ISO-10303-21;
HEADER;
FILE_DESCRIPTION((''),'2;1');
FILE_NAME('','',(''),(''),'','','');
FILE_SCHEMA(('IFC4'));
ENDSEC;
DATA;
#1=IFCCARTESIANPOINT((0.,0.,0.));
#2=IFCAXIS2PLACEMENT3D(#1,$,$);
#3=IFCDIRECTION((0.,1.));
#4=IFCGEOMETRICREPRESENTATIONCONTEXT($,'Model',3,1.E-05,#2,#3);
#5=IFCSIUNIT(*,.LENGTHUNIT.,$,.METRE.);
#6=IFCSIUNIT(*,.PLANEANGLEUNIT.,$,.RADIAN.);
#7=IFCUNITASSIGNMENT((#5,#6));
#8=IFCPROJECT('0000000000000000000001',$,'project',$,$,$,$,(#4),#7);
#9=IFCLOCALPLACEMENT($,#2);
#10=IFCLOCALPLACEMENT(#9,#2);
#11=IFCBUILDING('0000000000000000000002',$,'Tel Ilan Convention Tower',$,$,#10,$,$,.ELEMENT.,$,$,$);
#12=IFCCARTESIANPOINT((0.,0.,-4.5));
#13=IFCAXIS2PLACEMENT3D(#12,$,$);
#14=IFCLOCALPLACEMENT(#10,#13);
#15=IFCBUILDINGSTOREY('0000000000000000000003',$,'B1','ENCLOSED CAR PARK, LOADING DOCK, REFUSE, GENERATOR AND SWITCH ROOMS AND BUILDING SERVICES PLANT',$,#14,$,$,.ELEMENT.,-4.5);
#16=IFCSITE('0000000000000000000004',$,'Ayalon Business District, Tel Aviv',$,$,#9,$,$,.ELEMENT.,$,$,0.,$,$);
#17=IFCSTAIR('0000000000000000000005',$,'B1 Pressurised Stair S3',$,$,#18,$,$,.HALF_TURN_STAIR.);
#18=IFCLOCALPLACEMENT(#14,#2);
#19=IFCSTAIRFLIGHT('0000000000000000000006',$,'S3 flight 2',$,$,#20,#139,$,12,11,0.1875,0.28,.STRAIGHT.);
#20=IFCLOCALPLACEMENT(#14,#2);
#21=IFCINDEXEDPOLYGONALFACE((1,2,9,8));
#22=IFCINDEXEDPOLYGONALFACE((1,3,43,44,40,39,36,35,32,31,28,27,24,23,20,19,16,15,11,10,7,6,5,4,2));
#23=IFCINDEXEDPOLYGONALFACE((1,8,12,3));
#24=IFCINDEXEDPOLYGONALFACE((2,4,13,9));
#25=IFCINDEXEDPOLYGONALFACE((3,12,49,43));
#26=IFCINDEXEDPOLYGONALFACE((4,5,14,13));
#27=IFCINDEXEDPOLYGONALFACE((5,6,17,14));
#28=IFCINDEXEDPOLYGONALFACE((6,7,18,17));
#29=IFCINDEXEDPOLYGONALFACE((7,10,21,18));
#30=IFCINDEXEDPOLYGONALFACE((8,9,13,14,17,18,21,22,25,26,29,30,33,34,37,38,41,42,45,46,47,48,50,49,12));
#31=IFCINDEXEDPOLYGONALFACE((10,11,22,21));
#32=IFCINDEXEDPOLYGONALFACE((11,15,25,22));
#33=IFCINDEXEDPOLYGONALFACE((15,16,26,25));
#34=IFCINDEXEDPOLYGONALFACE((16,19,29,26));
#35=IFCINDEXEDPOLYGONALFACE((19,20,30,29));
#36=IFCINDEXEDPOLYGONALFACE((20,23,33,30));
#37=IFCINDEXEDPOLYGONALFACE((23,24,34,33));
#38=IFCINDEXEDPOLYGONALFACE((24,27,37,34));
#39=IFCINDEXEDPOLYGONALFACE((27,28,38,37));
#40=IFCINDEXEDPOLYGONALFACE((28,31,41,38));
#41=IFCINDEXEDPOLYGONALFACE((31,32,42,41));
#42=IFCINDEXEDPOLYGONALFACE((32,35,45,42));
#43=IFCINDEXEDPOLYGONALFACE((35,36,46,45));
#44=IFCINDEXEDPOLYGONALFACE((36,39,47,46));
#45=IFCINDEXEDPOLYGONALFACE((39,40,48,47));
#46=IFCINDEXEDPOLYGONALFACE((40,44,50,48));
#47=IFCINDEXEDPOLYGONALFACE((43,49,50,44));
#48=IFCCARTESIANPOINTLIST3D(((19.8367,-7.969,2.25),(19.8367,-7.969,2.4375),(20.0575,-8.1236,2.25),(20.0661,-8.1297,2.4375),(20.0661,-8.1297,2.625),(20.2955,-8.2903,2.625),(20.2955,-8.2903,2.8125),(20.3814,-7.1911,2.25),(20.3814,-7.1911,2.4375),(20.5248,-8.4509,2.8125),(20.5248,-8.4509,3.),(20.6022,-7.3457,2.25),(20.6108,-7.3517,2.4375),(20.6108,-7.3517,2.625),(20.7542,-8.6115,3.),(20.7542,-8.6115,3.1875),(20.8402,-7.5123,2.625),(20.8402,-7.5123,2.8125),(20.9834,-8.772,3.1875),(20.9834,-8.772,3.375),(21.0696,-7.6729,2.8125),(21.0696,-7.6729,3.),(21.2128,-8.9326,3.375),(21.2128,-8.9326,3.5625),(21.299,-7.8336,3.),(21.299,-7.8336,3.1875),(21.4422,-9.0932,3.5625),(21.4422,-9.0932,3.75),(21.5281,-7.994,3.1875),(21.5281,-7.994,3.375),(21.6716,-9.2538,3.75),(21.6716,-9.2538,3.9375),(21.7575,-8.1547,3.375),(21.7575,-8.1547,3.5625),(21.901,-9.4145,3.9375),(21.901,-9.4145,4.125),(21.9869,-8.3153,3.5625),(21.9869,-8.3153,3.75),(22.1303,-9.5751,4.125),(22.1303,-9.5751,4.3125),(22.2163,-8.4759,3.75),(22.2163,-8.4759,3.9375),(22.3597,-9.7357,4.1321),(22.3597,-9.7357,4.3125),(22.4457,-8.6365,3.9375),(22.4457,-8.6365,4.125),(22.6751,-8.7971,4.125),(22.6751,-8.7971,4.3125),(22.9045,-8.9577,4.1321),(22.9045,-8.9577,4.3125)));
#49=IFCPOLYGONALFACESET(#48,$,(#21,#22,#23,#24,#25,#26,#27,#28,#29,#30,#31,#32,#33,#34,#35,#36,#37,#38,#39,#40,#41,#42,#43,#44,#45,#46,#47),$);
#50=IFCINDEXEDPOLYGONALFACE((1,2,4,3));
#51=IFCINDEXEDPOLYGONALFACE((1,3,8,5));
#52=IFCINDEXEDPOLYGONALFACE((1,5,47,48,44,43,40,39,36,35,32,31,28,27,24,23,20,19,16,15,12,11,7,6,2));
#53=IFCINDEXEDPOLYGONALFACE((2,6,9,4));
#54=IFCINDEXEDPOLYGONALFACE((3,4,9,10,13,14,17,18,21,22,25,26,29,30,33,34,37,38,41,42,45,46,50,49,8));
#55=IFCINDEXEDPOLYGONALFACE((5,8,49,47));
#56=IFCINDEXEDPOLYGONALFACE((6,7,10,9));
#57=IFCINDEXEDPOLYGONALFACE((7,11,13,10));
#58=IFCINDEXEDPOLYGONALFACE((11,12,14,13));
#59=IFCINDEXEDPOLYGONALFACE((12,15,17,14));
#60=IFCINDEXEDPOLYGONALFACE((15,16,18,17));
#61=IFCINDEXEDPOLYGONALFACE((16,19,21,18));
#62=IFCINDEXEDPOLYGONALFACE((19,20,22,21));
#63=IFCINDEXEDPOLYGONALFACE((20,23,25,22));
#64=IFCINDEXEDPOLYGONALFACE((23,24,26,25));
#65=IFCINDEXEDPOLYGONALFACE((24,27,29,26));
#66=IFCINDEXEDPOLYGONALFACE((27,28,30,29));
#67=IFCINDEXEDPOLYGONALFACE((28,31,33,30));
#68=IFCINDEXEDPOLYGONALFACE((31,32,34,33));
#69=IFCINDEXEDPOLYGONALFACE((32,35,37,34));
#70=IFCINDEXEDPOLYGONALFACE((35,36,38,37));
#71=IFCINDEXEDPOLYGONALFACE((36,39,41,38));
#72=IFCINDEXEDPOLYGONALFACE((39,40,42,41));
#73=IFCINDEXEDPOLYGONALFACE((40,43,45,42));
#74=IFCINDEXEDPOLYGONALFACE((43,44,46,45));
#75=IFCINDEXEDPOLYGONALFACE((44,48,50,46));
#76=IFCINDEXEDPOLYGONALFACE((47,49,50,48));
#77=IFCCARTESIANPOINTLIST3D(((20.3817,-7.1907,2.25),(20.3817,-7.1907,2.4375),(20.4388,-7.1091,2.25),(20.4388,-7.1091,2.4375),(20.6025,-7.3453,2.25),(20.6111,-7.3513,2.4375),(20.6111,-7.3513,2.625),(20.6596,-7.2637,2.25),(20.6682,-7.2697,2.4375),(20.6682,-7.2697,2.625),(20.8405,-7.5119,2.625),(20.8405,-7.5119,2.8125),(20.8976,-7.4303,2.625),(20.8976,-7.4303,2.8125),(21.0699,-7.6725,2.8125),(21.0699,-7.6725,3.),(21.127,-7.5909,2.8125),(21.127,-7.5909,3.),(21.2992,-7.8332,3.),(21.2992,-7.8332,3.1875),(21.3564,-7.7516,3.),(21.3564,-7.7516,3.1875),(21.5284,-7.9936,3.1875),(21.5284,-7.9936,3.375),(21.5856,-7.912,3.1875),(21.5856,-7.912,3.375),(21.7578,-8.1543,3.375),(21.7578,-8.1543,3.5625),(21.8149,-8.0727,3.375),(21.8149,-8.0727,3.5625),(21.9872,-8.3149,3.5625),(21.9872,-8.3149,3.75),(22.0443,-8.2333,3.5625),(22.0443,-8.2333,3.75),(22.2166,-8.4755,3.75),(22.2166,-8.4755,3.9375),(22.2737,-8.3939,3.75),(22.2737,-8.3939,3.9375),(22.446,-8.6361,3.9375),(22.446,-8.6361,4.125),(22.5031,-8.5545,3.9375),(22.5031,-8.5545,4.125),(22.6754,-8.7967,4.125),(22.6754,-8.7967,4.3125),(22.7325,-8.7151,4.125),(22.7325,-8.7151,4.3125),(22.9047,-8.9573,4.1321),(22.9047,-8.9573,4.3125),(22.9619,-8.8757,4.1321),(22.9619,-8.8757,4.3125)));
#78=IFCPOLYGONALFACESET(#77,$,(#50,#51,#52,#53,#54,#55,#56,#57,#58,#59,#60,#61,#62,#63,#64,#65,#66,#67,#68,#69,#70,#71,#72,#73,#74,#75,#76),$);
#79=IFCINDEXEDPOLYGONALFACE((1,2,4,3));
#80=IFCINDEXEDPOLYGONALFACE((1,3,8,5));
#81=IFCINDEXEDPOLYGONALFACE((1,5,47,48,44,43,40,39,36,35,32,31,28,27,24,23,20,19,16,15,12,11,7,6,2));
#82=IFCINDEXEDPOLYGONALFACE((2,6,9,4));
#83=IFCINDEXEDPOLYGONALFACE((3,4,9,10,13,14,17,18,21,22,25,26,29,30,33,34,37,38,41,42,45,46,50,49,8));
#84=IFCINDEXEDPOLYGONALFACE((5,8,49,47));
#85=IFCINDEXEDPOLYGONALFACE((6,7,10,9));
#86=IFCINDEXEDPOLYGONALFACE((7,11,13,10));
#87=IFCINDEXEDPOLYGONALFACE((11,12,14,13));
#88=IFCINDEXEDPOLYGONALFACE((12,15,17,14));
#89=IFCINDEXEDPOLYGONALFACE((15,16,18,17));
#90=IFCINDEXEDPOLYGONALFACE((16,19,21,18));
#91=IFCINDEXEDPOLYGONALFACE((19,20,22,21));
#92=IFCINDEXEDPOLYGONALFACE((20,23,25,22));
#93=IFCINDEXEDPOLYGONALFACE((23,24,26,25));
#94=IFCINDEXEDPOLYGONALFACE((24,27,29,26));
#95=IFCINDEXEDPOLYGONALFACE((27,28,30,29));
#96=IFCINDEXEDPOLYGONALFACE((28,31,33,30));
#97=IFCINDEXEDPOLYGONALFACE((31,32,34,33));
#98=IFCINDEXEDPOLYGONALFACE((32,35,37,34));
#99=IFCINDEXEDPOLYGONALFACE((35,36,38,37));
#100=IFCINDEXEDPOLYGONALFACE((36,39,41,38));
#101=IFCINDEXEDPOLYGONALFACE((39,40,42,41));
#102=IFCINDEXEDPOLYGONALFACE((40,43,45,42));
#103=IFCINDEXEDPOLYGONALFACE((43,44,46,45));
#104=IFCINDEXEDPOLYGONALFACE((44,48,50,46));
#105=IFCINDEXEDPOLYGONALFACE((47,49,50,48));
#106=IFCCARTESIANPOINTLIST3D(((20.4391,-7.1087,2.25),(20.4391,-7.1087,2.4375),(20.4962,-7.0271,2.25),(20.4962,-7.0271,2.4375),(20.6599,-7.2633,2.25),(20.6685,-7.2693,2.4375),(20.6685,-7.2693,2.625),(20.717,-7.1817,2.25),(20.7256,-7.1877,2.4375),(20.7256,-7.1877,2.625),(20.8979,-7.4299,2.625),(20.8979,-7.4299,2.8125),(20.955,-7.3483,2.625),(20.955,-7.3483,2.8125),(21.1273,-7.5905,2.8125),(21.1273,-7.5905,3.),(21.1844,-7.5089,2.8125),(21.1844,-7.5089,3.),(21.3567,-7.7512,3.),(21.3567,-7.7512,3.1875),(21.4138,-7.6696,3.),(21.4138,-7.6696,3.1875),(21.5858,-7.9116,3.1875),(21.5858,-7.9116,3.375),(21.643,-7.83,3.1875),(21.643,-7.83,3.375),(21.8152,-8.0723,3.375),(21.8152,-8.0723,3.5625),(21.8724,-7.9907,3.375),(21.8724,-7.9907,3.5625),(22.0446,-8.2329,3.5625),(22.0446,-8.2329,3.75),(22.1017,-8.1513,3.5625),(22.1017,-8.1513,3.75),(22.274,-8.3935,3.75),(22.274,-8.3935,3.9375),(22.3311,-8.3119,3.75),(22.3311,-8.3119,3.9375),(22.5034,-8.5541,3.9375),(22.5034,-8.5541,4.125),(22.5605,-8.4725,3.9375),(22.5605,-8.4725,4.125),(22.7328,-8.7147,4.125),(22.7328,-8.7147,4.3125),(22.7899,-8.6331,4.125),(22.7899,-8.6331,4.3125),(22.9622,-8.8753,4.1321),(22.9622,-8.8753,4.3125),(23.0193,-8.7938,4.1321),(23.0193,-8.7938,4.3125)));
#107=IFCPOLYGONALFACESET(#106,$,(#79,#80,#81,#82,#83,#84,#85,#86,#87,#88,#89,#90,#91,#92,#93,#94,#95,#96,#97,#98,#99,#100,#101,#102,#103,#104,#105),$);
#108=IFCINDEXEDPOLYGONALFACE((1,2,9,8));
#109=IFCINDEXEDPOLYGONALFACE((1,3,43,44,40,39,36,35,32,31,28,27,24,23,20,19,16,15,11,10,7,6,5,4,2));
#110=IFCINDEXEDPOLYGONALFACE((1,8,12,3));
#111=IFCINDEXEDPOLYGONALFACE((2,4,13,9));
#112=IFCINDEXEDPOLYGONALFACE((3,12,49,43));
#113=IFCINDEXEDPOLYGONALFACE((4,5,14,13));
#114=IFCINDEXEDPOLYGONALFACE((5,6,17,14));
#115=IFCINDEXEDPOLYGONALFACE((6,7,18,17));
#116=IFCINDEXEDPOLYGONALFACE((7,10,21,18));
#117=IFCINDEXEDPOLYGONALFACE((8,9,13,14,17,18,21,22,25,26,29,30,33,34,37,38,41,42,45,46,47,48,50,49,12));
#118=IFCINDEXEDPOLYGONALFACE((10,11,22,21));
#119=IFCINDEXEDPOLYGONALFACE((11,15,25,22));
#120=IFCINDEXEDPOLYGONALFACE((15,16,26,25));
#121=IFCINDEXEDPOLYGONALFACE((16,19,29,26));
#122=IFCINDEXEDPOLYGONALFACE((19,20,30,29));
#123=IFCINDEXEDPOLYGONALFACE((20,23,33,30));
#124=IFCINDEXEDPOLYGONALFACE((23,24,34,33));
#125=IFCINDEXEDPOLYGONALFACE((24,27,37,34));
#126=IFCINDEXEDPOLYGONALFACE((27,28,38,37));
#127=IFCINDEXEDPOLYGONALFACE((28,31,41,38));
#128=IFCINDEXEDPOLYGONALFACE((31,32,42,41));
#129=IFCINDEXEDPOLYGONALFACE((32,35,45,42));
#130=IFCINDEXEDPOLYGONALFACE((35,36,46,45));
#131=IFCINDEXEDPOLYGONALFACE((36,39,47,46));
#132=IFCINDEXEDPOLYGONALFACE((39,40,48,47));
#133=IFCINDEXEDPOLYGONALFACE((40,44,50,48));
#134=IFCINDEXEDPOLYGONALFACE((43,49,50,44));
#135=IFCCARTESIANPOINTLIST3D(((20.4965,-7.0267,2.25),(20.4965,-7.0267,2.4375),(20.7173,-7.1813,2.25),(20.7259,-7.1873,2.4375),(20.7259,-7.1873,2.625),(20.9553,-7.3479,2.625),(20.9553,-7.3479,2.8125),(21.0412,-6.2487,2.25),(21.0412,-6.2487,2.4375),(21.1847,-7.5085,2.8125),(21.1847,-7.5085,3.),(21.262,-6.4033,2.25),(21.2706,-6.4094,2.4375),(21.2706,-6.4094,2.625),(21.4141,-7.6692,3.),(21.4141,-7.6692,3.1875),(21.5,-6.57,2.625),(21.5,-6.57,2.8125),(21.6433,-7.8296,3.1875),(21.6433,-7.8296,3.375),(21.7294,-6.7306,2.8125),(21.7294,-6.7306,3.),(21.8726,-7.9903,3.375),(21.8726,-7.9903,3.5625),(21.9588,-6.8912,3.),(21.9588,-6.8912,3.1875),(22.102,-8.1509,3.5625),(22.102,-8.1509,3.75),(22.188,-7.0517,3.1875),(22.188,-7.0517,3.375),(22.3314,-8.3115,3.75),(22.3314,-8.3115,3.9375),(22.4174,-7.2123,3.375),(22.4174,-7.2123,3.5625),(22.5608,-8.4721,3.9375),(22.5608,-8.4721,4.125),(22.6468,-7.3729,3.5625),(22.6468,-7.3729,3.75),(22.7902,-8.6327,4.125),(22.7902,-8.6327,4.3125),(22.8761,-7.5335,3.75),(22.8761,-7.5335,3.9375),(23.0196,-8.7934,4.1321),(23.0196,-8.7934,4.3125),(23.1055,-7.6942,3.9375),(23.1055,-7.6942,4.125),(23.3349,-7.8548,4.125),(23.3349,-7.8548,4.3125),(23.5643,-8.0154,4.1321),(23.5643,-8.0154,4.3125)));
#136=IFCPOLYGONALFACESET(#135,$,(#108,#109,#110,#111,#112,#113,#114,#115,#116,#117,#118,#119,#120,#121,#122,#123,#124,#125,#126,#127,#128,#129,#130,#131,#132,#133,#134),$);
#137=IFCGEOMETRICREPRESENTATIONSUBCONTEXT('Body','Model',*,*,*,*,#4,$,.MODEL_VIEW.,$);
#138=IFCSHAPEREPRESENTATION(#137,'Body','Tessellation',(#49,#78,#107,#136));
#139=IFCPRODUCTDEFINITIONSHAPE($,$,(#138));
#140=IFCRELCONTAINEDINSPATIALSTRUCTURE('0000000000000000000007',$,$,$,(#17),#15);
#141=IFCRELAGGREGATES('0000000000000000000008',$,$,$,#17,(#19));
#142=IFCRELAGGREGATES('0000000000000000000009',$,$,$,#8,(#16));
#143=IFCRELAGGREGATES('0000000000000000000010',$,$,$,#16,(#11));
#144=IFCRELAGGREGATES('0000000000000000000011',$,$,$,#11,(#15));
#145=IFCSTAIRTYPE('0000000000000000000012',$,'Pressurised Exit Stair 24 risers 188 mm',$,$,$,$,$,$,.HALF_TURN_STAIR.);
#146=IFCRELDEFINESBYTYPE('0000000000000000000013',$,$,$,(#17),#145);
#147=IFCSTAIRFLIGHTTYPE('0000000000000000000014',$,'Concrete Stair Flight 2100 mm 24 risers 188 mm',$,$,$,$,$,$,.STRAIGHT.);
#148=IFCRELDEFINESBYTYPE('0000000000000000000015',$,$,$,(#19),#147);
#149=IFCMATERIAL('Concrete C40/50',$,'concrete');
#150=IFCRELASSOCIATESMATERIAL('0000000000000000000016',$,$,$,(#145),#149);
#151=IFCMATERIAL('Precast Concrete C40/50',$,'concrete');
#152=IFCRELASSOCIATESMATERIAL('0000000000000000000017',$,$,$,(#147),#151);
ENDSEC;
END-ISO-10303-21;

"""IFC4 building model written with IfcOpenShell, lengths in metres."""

from ifc_helpers import new_model, si_unit, direction, frame, origin, place, context, subcontext, project, spatial, polyline, outline, extrude, material, type_object, element, aggregate, save


model = new_model("IFC4")

# Units and contexts
model_context = context("Model", 3, precision=1e-05, world=origin(), true_north=direction((0.0, 1.0)))
body_context = subcontext(model_context, "Body", "Model", "MODEL_VIEW")
ifc_project = project(units=[si_unit("LENGTHUNIT", "METRE"), si_unit("PLANEANGLEUNIT", "RADIAN")], contexts=[model_context])

# Site, building, storey
site_placement = place(None, origin())
site = spatial("IfcSite", under=ifc_project, at=site_placement, Name="Ayalon Business District, Tel Aviv", CompositionType="ELEMENT", RefElevation=0.0)
building_placement = place(site_placement, origin())
building = spatial("IfcBuilding", under=site, at=building_placement, Name="Tel Ilan Convention Tower", CompositionType="ELEMENT")
storey_placement = place(building_placement, frame((0.0, 0.0, -4.5)))
storey = spatial("IfcBuildingStorey", under=building, at=storey_placement, Name="B1", Description="ENCLOSED CAR PARK, LOADING DOCK, REFUSE, GENERATOR AND SWITCH ROOMS AND BUILDING SERVICES PLANT", CompositionType="ELEMENT", Elevation=-4.5)

# Stair, stair flight
ifc_material_1 = material(Name="Concrete C40/50", Category="concrete")
stair_type = type_object("IfcStairType", Name="Pressurised Exit Stair 24 risers 188 mm", PredefinedType="HALF_TURN_STAIR", material=ifc_material_1)
stair_1_placement = place(storey_placement, origin())
stair_1 = element("IfcStair", 1, at=stair_1_placement, inside=storey, type_object=stair_type, Name="B1 Pressurised Stair S3", PredefinedType="HALF_TURN_STAIR")
ifc_material_2 = material(Name="Precast Concrete C40/50", Category="concrete")
stair_flight_type = type_object("IfcStairFlightType", Name="Concrete Stair Flight 2100 mm 24 risers 188 mm", PredefinedType="STRAIGHT", material=ifc_material_2)
stair_flight_1_placement = place(storey_placement, frame((20.439, -7.1089, 2.25), z_axis=(0.0, 0.0, 1.0), x_axis=(0.819152, -0.573576, 0.0)))
stair_flight_1 = element("IfcStairFlight", 2, at=stair_flight_1_placement, type_object=stair_flight_type, Name="S3 flight 2", NumberOfRisers=12, NumberOfTreads=11, PredefinedType="STRAIGHT", RiserHeight=0.1875, TreadLength=0.28, context=body_context, shape_type="SweptSolid", body=[
    extrude(outline(polyline([(0.0, 0.0), (0.0, 0.1875), (0.28, 0.1875), (0.28, 0.375), (0.5601, 0.375), (0.5601, 0.5625), (0.8401, 0.5625), (0.8401, 0.75), (1.1201, 0.75), (1.1201, 0.9375), (1.3999, 0.9375), (1.3999, 1.125), (1.6799, 1.125), (1.6799, 1.3125), (1.96, 1.3125), (1.96, 1.5), (2.24, 1.5), (2.24, 1.6875), (2.52, 1.6875), (2.52, 1.875), (2.8, 1.875), (2.8, 2.0625), (3.0801, 2.0625), (3.0801, 2.25), (3.0801, 1.8821), (0.2695, 0.0), (0.0, 0.0)])), frame((0.0, -0.1003, 0.0), z_axis=(0.0, -1.0, 0.0), x_axis=(1.0, 0.0, 0.0)), (0.0, 0.0, 1.0), 0.9497),
    extrude(outline(polyline([(0.0, 0.0), (0.0, 0.1875), (0.28, 0.1875), (0.28, 0.375), (0.5601, 0.375), (0.5601, 0.5625), (0.8401, 0.5625), (0.8401, 0.75), (1.1201, 0.75), (1.1201, 0.9375), (1.3999, 0.9375), (1.3999, 1.125), (1.6799, 1.125), (1.6799, 1.3125), (1.96, 1.3125), (1.96, 1.5), (2.24, 1.5), (2.24, 1.6875), (2.52, 1.6875), (2.52, 1.875), (2.8, 1.875), (2.8, 2.0625), (3.0801, 2.0625), (3.0801, 2.25), (3.0801, 1.8821), (0.2695, 0.0), (0.0, 0.0)])), frame((0.0, -0.0002, 0.0), z_axis=(0.0, -1.0, 0.0), x_axis=(1.0, 0.0, 0.0)), (0.0, 0.0, 1.0), 0.0996),
    extrude(outline(polyline([(0.0, 0.0), (0.0, 0.1875), (0.28, 0.1875), (0.28, 0.375), (0.5601, 0.375), (0.5601, 0.5625), (0.8401, 0.5625), (0.8401, 0.75), (1.1201, 0.75), (1.1201, 0.9375), (1.3999, 0.9375), (1.3999, 1.125), (1.6799, 1.125), (1.6799, 1.3125), (1.96, 1.3125), (1.96, 1.5), (2.24, 1.5), (2.24, 1.6875), (2.52, 1.6875), (2.52, 1.875), (2.8, 1.875), (2.8, 2.0625), (3.0801, 2.0625), (3.0801, 2.25), (3.0801, 1.8821), (0.2695, 0.0), (0.0, 0.0)])), frame((0.0, 0.0999, 0.0), z_axis=(0.0, -1.0, 0.0), x_axis=(1.0, 0.0, 0.0)), (0.0, 0.0, 1.0), 0.0996),
    extrude(outline(polyline([(0.0, 0.0), (0.0, 0.1875), (0.28, 0.1875), (0.28, 0.375), (0.5601, 0.375), (0.5601, 0.5625), (0.8401, 0.5625), (0.8401, 0.75), (1.1201, 0.75), (1.1201, 0.9375), (1.3999, 0.9375), (1.3999, 1.125), (1.6799, 1.125), (1.6799, 1.3125), (1.96, 1.3125), (1.96, 1.5), (2.24, 1.5), (2.24, 1.6875), (2.52, 1.6875), (2.52, 1.875), (2.8, 1.875), (2.8, 2.0625), (3.0801, 2.0625), (3.0801, 2.25), (3.0801, 1.8821), (0.2695, 0.0), (0.0, 0.0)])), frame((0.0, 1.05, 0.0), z_axis=(0.0, -1.0, 0.0), x_axis=(1.0, 0.0, 0.0)), (0.0, 0.0, 1.0), 0.9497),
])
aggregate(stair_1, [stair_flight_1])

save(model, "model.ifc")
